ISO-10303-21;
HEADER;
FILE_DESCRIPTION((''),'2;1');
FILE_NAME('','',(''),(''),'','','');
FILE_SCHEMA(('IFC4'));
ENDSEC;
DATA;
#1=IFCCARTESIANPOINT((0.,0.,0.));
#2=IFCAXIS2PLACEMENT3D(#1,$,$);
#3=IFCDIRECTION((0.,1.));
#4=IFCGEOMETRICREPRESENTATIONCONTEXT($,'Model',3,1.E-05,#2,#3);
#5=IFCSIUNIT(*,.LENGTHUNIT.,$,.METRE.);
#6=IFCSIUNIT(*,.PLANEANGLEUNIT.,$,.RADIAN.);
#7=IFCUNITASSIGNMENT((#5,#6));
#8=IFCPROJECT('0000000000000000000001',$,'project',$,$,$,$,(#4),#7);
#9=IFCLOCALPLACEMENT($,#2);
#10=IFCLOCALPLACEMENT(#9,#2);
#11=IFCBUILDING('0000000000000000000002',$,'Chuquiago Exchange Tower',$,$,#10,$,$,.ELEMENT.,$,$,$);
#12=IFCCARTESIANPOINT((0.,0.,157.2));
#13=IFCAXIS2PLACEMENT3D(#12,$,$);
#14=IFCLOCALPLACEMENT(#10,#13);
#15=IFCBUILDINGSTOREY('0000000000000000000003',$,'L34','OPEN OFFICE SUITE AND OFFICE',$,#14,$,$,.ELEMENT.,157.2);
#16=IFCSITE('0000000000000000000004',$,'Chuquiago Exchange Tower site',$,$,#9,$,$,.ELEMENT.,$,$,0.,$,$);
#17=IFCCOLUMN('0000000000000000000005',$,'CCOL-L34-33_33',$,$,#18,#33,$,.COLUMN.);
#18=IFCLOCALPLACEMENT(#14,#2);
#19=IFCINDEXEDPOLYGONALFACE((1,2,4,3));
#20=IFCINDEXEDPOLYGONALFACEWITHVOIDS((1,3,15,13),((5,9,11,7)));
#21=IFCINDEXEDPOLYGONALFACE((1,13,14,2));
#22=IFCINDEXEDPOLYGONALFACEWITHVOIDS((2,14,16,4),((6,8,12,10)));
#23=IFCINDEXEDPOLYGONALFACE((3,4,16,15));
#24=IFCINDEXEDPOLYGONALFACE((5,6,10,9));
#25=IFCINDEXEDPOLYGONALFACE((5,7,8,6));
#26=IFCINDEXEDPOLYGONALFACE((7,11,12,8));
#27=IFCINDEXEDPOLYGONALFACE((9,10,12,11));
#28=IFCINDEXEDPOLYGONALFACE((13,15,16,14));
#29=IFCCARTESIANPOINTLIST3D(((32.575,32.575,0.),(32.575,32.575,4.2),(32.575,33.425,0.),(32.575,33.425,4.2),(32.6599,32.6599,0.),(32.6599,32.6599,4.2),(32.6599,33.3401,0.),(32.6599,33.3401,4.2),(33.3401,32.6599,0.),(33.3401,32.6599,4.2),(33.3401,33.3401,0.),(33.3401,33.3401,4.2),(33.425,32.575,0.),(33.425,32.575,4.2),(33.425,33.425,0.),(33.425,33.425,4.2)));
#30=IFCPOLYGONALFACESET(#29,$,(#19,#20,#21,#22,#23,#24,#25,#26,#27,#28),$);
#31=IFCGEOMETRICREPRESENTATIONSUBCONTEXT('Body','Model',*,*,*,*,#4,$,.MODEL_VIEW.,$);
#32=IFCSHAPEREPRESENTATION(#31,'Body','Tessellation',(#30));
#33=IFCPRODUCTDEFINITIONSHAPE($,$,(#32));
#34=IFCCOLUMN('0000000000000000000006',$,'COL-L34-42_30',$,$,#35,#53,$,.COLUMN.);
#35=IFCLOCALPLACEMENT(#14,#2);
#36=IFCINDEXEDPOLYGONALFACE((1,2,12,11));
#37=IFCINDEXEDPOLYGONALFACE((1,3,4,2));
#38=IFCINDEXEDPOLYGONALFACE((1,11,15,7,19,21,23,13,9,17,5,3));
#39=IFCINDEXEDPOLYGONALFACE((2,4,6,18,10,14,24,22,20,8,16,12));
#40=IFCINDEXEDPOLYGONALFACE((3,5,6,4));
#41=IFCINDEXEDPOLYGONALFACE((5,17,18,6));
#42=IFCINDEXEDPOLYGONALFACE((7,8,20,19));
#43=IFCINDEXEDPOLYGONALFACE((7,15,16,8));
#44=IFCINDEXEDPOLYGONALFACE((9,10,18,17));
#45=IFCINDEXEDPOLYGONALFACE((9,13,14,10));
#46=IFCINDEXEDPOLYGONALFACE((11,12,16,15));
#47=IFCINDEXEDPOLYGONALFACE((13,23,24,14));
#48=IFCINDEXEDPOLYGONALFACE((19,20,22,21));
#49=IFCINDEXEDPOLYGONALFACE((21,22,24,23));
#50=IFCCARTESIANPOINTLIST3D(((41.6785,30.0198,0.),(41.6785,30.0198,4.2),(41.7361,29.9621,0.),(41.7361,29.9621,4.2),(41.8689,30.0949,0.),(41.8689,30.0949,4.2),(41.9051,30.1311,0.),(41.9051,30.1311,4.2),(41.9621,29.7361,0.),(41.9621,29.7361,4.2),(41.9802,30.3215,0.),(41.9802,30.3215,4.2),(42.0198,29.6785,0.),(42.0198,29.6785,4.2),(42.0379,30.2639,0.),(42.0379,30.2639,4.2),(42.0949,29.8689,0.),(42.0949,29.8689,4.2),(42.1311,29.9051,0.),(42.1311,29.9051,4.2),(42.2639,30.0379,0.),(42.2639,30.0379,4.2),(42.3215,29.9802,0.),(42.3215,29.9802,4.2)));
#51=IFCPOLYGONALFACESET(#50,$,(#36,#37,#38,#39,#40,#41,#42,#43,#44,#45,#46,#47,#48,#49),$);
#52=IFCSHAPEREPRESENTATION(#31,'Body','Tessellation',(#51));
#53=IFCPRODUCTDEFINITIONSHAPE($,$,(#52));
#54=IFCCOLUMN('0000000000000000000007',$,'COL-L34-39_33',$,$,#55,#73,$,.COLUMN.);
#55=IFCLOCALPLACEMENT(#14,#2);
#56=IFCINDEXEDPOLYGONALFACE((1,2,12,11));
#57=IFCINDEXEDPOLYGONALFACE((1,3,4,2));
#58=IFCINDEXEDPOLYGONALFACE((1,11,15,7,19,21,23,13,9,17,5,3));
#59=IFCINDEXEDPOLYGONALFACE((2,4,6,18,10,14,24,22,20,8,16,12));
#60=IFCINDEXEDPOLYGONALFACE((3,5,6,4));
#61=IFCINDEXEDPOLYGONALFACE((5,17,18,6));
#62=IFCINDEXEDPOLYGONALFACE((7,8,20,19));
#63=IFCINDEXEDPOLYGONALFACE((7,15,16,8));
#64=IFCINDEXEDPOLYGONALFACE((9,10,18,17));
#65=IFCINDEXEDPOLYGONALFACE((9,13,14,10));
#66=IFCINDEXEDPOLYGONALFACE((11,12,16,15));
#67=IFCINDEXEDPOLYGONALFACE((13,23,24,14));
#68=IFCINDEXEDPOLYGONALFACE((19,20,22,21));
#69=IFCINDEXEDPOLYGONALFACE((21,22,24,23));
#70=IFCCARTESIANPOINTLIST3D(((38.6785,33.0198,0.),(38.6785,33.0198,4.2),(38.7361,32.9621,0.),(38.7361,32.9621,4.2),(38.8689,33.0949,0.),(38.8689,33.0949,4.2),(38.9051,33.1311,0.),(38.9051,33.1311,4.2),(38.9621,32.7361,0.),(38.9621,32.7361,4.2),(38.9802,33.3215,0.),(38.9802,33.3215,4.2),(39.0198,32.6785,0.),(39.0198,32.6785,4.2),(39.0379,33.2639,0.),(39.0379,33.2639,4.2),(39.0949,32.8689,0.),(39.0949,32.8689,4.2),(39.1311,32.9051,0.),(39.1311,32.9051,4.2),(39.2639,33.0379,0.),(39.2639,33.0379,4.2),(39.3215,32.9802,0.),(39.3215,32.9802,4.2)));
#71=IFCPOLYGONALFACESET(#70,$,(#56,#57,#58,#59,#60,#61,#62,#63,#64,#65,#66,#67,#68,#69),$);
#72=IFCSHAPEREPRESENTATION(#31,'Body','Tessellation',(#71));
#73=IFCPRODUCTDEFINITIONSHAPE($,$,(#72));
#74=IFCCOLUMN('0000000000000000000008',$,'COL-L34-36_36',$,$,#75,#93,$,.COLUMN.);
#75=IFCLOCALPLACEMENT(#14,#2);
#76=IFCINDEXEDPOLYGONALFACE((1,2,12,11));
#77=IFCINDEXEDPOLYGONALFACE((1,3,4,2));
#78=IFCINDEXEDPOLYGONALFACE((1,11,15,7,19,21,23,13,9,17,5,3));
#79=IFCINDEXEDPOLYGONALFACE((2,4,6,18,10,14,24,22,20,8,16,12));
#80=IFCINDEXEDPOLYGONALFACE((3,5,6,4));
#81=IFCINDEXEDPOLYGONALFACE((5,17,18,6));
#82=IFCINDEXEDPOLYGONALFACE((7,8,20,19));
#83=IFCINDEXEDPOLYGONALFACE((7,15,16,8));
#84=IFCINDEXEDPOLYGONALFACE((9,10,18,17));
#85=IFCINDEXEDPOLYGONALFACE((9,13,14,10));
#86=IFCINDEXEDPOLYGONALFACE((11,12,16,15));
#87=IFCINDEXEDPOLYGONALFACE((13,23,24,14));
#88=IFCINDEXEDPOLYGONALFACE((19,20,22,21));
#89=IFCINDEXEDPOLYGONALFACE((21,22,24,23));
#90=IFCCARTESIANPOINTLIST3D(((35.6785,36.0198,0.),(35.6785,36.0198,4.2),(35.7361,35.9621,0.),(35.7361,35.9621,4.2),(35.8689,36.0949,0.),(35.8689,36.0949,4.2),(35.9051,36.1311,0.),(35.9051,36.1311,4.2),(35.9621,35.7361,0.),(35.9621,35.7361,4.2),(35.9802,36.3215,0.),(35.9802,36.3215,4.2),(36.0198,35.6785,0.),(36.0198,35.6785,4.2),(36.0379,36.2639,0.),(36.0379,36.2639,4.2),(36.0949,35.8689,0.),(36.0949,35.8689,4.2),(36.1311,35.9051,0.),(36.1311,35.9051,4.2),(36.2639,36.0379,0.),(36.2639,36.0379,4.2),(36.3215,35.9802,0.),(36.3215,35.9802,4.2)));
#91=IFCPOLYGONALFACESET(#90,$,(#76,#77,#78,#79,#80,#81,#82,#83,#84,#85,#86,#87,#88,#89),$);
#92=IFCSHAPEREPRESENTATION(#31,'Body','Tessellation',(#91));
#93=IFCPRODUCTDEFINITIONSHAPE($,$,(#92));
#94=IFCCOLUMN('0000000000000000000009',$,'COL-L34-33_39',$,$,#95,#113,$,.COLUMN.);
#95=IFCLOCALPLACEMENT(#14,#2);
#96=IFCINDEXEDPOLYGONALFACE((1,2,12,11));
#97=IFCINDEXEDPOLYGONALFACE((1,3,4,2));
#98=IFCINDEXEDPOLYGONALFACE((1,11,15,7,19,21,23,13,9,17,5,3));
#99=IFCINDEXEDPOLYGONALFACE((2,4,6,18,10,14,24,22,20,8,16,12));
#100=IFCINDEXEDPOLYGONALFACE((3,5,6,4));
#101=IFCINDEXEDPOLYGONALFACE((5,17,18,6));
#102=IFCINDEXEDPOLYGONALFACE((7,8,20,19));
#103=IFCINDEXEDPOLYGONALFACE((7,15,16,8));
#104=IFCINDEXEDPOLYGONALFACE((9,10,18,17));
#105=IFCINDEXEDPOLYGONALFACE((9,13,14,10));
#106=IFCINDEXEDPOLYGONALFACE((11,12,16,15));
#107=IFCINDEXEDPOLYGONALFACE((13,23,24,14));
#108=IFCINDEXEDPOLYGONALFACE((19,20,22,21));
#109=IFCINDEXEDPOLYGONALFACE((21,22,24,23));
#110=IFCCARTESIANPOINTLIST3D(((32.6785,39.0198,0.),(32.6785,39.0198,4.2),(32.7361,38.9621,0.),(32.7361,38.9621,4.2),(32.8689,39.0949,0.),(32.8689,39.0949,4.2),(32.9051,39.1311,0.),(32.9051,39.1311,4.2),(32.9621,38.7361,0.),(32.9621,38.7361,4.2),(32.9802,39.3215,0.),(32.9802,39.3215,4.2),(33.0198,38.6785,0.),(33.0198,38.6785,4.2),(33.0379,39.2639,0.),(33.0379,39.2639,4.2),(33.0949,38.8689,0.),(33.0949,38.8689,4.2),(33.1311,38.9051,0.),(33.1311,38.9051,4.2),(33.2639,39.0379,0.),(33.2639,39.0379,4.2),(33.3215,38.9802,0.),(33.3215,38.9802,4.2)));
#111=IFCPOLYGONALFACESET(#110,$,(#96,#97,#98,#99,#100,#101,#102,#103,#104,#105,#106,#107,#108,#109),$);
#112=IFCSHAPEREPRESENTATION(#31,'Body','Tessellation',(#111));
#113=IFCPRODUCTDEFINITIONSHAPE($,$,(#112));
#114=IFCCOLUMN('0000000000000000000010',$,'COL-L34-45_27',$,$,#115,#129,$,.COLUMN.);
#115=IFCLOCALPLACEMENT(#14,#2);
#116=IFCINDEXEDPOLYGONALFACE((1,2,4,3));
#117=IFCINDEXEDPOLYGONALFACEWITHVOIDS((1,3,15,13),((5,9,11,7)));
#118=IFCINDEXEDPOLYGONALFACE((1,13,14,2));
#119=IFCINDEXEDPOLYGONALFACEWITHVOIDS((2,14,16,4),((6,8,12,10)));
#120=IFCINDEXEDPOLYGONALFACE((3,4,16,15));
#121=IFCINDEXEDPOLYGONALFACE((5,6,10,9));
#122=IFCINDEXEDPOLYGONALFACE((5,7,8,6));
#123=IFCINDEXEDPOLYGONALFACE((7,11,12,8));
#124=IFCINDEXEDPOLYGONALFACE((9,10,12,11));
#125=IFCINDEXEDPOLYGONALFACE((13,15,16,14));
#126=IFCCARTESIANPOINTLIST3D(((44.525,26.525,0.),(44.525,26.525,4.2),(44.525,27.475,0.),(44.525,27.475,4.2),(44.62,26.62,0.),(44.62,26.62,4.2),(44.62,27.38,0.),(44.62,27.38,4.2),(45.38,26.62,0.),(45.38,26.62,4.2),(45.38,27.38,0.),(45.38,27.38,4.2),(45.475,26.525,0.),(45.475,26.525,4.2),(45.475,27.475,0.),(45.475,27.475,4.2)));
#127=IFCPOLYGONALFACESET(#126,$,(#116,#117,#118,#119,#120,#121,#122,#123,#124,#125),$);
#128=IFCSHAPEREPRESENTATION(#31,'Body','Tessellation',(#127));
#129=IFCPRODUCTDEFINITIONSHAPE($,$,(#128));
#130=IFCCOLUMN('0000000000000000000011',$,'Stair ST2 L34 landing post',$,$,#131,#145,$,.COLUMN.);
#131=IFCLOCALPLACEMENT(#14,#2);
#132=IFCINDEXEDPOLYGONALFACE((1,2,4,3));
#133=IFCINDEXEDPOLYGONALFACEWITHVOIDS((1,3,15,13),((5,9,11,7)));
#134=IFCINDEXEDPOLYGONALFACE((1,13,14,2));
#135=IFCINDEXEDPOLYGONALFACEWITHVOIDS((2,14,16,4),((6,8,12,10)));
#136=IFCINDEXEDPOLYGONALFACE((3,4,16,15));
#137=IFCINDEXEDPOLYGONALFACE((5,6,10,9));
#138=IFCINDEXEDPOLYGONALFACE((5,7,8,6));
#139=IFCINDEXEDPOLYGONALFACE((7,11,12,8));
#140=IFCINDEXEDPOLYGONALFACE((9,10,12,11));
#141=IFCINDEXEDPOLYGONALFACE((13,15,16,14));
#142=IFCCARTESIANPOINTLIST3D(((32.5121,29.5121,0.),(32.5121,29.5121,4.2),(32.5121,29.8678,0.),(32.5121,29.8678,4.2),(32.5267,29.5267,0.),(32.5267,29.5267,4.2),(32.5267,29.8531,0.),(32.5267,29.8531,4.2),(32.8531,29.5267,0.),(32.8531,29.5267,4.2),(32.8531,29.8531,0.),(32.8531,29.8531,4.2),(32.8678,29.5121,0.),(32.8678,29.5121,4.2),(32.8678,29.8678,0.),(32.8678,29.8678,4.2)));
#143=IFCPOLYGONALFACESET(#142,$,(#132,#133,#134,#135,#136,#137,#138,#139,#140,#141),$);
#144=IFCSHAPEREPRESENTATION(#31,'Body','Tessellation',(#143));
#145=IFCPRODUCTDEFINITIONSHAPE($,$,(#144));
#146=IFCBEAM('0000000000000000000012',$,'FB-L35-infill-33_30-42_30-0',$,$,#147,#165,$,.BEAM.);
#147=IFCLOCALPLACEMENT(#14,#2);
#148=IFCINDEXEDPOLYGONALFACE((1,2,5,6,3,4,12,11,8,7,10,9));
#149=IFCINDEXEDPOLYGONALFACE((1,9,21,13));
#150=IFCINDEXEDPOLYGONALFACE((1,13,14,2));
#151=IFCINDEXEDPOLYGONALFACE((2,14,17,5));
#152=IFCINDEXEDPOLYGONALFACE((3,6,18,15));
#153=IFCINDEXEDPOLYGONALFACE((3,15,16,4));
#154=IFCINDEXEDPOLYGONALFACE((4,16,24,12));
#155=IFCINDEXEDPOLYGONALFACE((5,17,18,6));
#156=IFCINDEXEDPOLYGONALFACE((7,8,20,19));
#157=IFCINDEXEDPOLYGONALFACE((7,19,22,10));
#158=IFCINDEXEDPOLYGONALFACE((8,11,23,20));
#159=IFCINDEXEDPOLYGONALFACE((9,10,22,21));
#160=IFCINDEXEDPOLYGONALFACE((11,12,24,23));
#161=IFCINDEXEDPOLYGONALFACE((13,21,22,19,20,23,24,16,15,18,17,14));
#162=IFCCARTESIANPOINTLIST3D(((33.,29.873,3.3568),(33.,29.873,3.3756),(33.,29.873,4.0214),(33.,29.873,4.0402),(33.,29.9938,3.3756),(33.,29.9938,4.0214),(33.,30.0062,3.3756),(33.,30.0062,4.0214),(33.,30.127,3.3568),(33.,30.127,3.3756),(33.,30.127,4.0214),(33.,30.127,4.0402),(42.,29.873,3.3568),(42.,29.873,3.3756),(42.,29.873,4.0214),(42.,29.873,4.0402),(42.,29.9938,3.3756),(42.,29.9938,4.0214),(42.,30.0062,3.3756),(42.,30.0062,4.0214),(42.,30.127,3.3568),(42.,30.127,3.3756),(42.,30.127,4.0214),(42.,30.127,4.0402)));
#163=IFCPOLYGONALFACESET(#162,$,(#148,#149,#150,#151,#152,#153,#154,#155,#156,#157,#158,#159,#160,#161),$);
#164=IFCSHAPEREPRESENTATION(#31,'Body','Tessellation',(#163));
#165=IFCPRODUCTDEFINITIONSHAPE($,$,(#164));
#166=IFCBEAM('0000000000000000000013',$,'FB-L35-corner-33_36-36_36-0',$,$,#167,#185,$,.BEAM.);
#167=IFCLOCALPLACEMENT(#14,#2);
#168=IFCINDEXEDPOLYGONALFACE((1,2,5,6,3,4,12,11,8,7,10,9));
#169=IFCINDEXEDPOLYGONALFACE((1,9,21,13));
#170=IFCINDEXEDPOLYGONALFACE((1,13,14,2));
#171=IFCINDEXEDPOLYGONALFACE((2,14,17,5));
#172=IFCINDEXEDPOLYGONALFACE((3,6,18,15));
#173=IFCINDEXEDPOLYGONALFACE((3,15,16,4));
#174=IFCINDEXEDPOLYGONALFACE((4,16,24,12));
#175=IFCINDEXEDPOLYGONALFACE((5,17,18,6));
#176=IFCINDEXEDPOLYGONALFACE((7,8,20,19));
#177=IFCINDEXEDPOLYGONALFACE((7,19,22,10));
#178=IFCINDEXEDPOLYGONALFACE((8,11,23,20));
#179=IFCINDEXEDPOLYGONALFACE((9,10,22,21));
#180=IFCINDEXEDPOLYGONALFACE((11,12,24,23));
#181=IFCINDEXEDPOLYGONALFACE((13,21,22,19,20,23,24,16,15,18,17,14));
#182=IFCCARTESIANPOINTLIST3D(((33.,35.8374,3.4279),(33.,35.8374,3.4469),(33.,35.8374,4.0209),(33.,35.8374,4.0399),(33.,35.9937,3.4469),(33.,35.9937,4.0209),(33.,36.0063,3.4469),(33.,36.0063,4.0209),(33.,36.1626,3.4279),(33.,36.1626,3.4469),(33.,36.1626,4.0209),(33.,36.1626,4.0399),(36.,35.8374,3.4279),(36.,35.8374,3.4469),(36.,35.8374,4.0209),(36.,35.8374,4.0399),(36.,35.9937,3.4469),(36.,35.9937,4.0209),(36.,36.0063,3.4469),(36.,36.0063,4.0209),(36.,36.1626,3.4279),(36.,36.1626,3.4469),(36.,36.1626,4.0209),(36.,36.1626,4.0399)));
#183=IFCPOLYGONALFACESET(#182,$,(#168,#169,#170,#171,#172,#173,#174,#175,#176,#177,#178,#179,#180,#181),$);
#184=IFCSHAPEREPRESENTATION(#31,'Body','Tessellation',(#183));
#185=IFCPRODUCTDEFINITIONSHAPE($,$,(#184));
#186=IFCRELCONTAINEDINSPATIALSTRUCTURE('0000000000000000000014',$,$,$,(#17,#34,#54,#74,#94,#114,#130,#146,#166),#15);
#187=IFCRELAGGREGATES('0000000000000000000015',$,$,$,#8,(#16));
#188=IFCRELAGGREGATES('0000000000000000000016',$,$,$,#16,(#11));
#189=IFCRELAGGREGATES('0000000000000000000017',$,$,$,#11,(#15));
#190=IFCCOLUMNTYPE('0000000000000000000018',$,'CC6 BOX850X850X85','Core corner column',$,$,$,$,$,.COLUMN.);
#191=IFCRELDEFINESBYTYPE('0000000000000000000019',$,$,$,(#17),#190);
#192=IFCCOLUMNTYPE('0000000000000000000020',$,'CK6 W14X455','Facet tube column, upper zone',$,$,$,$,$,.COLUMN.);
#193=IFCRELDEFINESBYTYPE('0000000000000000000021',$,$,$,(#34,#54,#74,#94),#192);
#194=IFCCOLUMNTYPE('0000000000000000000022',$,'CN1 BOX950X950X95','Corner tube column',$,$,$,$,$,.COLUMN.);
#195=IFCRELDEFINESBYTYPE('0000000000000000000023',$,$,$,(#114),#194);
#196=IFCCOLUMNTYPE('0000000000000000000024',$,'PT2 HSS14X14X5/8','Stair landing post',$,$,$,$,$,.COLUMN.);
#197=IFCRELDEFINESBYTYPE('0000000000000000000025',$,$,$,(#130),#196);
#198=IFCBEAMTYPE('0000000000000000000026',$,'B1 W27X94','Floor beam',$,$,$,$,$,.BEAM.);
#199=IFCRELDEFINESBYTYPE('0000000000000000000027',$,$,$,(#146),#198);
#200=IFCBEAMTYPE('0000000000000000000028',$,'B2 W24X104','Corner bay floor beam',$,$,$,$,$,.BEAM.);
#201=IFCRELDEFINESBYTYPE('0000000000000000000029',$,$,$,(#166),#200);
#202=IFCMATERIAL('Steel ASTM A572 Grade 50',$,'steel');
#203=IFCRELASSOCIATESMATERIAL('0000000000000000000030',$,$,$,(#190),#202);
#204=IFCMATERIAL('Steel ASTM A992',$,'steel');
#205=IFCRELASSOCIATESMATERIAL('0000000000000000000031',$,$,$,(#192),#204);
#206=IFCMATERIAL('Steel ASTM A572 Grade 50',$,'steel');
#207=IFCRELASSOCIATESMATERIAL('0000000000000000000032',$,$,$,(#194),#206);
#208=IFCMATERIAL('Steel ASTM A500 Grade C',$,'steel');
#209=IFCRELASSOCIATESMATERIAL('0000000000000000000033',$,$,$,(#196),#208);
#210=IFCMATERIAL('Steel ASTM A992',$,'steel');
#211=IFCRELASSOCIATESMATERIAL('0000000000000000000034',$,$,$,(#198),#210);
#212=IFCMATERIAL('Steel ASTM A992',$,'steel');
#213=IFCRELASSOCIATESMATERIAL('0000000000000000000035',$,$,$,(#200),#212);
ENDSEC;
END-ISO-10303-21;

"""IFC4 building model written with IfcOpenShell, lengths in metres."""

from ifc_helpers import new_model, si_unit, direction, frame, origin, origin_2d, place, context, subcontext, project, spatial, hollow_rectangle, i_section, extrude, material, material_profile, profile_set, type_object, element, save


model = new_model("IFC4")

# Units and contexts
model_context = context("Model", 3, precision=1e-05, world=origin(), true_north=direction((0.0, 1.0)))
body_context = subcontext(model_context, "Body", "Model", "MODEL_VIEW")
ifc_project = project(units=[si_unit("LENGTHUNIT", "METRE"), si_unit("PLANEANGLEUNIT", "RADIAN")], contexts=[model_context])

# Site, building, storey
site_placement = place(None, origin())
site = spatial("IfcSite", under=ifc_project, at=site_placement, Name="Chuquiago Exchange Tower site", CompositionType="ELEMENT", RefElevation=0.0)
building_placement = place(site_placement, origin())
building = spatial("IfcBuilding", under=site, at=building_placement, Name="Chuquiago Exchange Tower", CompositionType="ELEMENT")
storey_placement = place(building_placement, frame((0.0, 0.0, 157.2)))
storey = spatial("IfcBuildingStorey", under=building, at=storey_placement, Name="L34", Description="OPEN OFFICE SUITE AND OFFICE", CompositionType="ELEMENT", Elevation=157.2)

# Columns
ifc_material_1 = material(Name="Steel ASTM A572 Grade 50", Category="steel")
ifc_material_profile_1 = material_profile(ifc_material_1, hollow_rectangle(XDim=0.8501, YDim=0.8501, WallThickness=0.085, at=origin_2d()), Name="BOX850X850X85")
ifc_profile_set_1 = profile_set([ifc_material_profile_1], Name="Steel ASTM A572 Grade 50")
column_type_1 = type_object("IfcColumnType", Name="CC6 BOX850X850X85", Description="Core corner column", PredefinedType="COLUMN", material=ifc_profile_set_1)
column_1_placement = place(storey_placement, frame((33.0, 33.0, 0.0), z_axis=(0.0, 0.0, 1.0), x_axis=(1.0, 0.0, 0.0)))
element("IfcColumn", 1, at=column_1_placement, inside=storey, type_object=column_type_1, Name="CCOL-L34-33_33", PredefinedType="COLUMN", context=body_context, shape_type="SweptSolid", body=[
    extrude(hollow_rectangle(XDim=0.8501, YDim=0.8501, WallThickness=0.085, at=origin_2d()), origin(), (0.0, 0.0, 1.0), 4.2),
])
ifc_material_2 = material(Name="Steel ASTM A992", Category="steel")
ifc_material_profile_2 = material_profile(ifc_material_2, i_section(OverallWidth=0.4268, OverallDepth=0.4827, WebThickness=0.0513, FlangeThickness=0.0815, at=origin_2d()), Name="W14X455")
ifc_profile_set_2 = profile_set([ifc_material_profile_2], Name="Steel ASTM A992")
column_type_2 = type_object("IfcColumnType", Name="CK6 W14X455", Description="Facet tube column, upper zone", PredefinedType="COLUMN", material=ifc_profile_set_2)
for number, where, z_axis, x_axis, name in (
    (2, (42.0, 30.0, 0.0), (0.0, 0.0, 1.0), (0.707107, 0.707107, 0.0), "COL-L34-42_30"),
    (3, (39.0, 33.0, 0.0), (0.0, 0.0, 1.0), (0.707107, 0.707107, 0.0), "COL-L34-39_33"),
    (4, (36.0, 36.0, 0.0), (0.0, 0.0, 1.0), (0.707107, 0.707107, 0.0), "COL-L34-36_36"),
    (5, (33.0, 39.0, 0.0), (0.0, 0.0, 1.0), (0.707107, 0.707107, 0.0), "COL-L34-33_39"),
):
    element("IfcColumn", number, at=place(storey_placement, frame(where, z_axis=z_axis, x_axis=x_axis)), inside=storey, type_object=column_type_2, Name=name, PredefinedType="COLUMN", context=body_context, shape_type="SweptSolid", body=[
        extrude(i_section(OverallWidth=0.4268, OverallDepth=0.4827, WebThickness=0.0513, FlangeThickness=0.0815, at=origin_2d()), origin(), (0.0, 0.0, 1.0), 4.2),
    ])
ifc_material_3 = material(Name="Steel ASTM A572 Grade 50", Category="steel")
ifc_material_profile_3 = material_profile(ifc_material_3, hollow_rectangle(XDim=0.95, YDim=0.95, WallThickness=0.095, at=origin_2d()), Name="BOX950X950X95")
ifc_profile_set_3 = profile_set([ifc_material_profile_3], Name="Steel ASTM A572 Grade 50")
column_type_3 = type_object("IfcColumnType", Name="CN1 BOX950X950X95", Description="Corner tube column", PredefinedType="COLUMN", material=ifc_profile_set_3)
column_2_placement = place(storey_placement, frame((45.0, 27.0, 0.0), z_axis=(0.0, 0.0, 1.0), x_axis=(1.0, 0.0, 0.0)))
element("IfcColumn", 6, at=column_2_placement, inside=storey, type_object=column_type_3, Name="COL-L34-45_27", PredefinedType="COLUMN", context=body_context, shape_type="SweptSolid", body=[
    extrude(hollow_rectangle(XDim=0.95, YDim=0.95, WallThickness=0.095, at=origin_2d()), origin(), (0.0, 0.0, 1.0), 4.2),
])
ifc_material_4 = material(Name="Steel ASTM A500 Grade C", Category="steel")
ifc_material_profile_4 = material_profile(ifc_material_4, hollow_rectangle(XDim=0.3557, YDim=0.3557, WallThickness=0.0146, at=origin_2d()), Name="HSS14X14X5/8")
ifc_profile_set_4 = profile_set([ifc_material_profile_4], Name="Steel ASTM A500 Grade C")
column_type_4 = type_object("IfcColumnType", Name="PT2 HSS14X14X5/8", Description="Stair landing post", PredefinedType="COLUMN", material=ifc_profile_set_4)
column_3_placement = place(storey_placement, frame((32.6899, 29.6899, 0.0), z_axis=(0.0, 0.0, 1.0), x_axis=(1.0, 0.0, 0.0)))
element("IfcColumn", 7, at=column_3_placement, inside=storey, type_object=column_type_4, Name="Stair ST2 L34 landing post", PredefinedType="COLUMN", context=body_context, shape_type="SweptSolid", body=[
    extrude(hollow_rectangle(XDim=0.3557, YDim=0.3557, WallThickness=0.0146, at=origin_2d()), origin(), (0.0, 0.0, 1.0), 4.2),
])

# Beams
ifc_material_5 = material(Name="Steel ASTM A992", Category="steel")
ifc_material_profile_5 = material_profile(ifc_material_5, i_section(OverallWidth=0.2539, OverallDepth=0.6833, WebThickness=0.0125, FlangeThickness=0.0188, at=origin_2d()), Name="W27X94")
ifc_profile_set_5 = profile_set([ifc_material_profile_5], Name="Steel ASTM A992")
beam_type_1 = type_object("IfcBeamType", Name="B1 W27X94", Description="Floor beam", PredefinedType="BEAM", material=ifc_profile_set_5)
beam_1_placement = place(storey_placement, frame((33.0, 30.0, 3.6985), z_axis=(1.0, 0.0, 0.0), x_axis=(0.0, 1.0, 0.0)))
element("IfcBeam", 8, at=beam_1_placement, inside=storey, type_object=beam_type_1, Name="FB-L35-infill-33_30-42_30-0", PredefinedType="BEAM", context=body_context, shape_type="SweptSolid", body=[
    extrude(i_section(OverallWidth=0.2539, OverallDepth=0.6833, WebThickness=0.0125, FlangeThickness=0.0188, at=origin_2d()), origin(), (0.0, 0.0, 1.0), 9.0),
])
ifc_material_6 = material(Name="Steel ASTM A992", Category="steel")
ifc_material_profile_6 = material_profile(ifc_material_6, i_section(OverallWidth=0.3252, OverallDepth=0.6121, WebThickness=0.0127, FlangeThickness=0.019, at=origin_2d()), Name="W24X104")
ifc_profile_set_6 = profile_set([ifc_material_profile_6], Name="Steel ASTM A992")
beam_type_2 = type_object("IfcBeamType", Name="B2 W24X104", Description="Corner bay floor beam", PredefinedType="BEAM", material=ifc_profile_set_6)
beam_2_placement = place(storey_placement, frame((33.0, 36.0, 3.7339), z_axis=(1.0, 0.0, 0.0), x_axis=(0.0, 1.0, 0.0)))
element("IfcBeam", 9, at=beam_2_placement, inside=storey, type_object=beam_type_2, Name="FB-L35-corner-33_36-36_36-0", PredefinedType="BEAM", context=body_context, shape_type="SweptSolid", body=[
    extrude(i_section(OverallWidth=0.3252, OverallDepth=0.6121, WebThickness=0.0127, FlangeThickness=0.019, at=origin_2d()), origin(), (0.0, 0.0, 1.0), 3.0),
])

save(model, "model.ifc")
